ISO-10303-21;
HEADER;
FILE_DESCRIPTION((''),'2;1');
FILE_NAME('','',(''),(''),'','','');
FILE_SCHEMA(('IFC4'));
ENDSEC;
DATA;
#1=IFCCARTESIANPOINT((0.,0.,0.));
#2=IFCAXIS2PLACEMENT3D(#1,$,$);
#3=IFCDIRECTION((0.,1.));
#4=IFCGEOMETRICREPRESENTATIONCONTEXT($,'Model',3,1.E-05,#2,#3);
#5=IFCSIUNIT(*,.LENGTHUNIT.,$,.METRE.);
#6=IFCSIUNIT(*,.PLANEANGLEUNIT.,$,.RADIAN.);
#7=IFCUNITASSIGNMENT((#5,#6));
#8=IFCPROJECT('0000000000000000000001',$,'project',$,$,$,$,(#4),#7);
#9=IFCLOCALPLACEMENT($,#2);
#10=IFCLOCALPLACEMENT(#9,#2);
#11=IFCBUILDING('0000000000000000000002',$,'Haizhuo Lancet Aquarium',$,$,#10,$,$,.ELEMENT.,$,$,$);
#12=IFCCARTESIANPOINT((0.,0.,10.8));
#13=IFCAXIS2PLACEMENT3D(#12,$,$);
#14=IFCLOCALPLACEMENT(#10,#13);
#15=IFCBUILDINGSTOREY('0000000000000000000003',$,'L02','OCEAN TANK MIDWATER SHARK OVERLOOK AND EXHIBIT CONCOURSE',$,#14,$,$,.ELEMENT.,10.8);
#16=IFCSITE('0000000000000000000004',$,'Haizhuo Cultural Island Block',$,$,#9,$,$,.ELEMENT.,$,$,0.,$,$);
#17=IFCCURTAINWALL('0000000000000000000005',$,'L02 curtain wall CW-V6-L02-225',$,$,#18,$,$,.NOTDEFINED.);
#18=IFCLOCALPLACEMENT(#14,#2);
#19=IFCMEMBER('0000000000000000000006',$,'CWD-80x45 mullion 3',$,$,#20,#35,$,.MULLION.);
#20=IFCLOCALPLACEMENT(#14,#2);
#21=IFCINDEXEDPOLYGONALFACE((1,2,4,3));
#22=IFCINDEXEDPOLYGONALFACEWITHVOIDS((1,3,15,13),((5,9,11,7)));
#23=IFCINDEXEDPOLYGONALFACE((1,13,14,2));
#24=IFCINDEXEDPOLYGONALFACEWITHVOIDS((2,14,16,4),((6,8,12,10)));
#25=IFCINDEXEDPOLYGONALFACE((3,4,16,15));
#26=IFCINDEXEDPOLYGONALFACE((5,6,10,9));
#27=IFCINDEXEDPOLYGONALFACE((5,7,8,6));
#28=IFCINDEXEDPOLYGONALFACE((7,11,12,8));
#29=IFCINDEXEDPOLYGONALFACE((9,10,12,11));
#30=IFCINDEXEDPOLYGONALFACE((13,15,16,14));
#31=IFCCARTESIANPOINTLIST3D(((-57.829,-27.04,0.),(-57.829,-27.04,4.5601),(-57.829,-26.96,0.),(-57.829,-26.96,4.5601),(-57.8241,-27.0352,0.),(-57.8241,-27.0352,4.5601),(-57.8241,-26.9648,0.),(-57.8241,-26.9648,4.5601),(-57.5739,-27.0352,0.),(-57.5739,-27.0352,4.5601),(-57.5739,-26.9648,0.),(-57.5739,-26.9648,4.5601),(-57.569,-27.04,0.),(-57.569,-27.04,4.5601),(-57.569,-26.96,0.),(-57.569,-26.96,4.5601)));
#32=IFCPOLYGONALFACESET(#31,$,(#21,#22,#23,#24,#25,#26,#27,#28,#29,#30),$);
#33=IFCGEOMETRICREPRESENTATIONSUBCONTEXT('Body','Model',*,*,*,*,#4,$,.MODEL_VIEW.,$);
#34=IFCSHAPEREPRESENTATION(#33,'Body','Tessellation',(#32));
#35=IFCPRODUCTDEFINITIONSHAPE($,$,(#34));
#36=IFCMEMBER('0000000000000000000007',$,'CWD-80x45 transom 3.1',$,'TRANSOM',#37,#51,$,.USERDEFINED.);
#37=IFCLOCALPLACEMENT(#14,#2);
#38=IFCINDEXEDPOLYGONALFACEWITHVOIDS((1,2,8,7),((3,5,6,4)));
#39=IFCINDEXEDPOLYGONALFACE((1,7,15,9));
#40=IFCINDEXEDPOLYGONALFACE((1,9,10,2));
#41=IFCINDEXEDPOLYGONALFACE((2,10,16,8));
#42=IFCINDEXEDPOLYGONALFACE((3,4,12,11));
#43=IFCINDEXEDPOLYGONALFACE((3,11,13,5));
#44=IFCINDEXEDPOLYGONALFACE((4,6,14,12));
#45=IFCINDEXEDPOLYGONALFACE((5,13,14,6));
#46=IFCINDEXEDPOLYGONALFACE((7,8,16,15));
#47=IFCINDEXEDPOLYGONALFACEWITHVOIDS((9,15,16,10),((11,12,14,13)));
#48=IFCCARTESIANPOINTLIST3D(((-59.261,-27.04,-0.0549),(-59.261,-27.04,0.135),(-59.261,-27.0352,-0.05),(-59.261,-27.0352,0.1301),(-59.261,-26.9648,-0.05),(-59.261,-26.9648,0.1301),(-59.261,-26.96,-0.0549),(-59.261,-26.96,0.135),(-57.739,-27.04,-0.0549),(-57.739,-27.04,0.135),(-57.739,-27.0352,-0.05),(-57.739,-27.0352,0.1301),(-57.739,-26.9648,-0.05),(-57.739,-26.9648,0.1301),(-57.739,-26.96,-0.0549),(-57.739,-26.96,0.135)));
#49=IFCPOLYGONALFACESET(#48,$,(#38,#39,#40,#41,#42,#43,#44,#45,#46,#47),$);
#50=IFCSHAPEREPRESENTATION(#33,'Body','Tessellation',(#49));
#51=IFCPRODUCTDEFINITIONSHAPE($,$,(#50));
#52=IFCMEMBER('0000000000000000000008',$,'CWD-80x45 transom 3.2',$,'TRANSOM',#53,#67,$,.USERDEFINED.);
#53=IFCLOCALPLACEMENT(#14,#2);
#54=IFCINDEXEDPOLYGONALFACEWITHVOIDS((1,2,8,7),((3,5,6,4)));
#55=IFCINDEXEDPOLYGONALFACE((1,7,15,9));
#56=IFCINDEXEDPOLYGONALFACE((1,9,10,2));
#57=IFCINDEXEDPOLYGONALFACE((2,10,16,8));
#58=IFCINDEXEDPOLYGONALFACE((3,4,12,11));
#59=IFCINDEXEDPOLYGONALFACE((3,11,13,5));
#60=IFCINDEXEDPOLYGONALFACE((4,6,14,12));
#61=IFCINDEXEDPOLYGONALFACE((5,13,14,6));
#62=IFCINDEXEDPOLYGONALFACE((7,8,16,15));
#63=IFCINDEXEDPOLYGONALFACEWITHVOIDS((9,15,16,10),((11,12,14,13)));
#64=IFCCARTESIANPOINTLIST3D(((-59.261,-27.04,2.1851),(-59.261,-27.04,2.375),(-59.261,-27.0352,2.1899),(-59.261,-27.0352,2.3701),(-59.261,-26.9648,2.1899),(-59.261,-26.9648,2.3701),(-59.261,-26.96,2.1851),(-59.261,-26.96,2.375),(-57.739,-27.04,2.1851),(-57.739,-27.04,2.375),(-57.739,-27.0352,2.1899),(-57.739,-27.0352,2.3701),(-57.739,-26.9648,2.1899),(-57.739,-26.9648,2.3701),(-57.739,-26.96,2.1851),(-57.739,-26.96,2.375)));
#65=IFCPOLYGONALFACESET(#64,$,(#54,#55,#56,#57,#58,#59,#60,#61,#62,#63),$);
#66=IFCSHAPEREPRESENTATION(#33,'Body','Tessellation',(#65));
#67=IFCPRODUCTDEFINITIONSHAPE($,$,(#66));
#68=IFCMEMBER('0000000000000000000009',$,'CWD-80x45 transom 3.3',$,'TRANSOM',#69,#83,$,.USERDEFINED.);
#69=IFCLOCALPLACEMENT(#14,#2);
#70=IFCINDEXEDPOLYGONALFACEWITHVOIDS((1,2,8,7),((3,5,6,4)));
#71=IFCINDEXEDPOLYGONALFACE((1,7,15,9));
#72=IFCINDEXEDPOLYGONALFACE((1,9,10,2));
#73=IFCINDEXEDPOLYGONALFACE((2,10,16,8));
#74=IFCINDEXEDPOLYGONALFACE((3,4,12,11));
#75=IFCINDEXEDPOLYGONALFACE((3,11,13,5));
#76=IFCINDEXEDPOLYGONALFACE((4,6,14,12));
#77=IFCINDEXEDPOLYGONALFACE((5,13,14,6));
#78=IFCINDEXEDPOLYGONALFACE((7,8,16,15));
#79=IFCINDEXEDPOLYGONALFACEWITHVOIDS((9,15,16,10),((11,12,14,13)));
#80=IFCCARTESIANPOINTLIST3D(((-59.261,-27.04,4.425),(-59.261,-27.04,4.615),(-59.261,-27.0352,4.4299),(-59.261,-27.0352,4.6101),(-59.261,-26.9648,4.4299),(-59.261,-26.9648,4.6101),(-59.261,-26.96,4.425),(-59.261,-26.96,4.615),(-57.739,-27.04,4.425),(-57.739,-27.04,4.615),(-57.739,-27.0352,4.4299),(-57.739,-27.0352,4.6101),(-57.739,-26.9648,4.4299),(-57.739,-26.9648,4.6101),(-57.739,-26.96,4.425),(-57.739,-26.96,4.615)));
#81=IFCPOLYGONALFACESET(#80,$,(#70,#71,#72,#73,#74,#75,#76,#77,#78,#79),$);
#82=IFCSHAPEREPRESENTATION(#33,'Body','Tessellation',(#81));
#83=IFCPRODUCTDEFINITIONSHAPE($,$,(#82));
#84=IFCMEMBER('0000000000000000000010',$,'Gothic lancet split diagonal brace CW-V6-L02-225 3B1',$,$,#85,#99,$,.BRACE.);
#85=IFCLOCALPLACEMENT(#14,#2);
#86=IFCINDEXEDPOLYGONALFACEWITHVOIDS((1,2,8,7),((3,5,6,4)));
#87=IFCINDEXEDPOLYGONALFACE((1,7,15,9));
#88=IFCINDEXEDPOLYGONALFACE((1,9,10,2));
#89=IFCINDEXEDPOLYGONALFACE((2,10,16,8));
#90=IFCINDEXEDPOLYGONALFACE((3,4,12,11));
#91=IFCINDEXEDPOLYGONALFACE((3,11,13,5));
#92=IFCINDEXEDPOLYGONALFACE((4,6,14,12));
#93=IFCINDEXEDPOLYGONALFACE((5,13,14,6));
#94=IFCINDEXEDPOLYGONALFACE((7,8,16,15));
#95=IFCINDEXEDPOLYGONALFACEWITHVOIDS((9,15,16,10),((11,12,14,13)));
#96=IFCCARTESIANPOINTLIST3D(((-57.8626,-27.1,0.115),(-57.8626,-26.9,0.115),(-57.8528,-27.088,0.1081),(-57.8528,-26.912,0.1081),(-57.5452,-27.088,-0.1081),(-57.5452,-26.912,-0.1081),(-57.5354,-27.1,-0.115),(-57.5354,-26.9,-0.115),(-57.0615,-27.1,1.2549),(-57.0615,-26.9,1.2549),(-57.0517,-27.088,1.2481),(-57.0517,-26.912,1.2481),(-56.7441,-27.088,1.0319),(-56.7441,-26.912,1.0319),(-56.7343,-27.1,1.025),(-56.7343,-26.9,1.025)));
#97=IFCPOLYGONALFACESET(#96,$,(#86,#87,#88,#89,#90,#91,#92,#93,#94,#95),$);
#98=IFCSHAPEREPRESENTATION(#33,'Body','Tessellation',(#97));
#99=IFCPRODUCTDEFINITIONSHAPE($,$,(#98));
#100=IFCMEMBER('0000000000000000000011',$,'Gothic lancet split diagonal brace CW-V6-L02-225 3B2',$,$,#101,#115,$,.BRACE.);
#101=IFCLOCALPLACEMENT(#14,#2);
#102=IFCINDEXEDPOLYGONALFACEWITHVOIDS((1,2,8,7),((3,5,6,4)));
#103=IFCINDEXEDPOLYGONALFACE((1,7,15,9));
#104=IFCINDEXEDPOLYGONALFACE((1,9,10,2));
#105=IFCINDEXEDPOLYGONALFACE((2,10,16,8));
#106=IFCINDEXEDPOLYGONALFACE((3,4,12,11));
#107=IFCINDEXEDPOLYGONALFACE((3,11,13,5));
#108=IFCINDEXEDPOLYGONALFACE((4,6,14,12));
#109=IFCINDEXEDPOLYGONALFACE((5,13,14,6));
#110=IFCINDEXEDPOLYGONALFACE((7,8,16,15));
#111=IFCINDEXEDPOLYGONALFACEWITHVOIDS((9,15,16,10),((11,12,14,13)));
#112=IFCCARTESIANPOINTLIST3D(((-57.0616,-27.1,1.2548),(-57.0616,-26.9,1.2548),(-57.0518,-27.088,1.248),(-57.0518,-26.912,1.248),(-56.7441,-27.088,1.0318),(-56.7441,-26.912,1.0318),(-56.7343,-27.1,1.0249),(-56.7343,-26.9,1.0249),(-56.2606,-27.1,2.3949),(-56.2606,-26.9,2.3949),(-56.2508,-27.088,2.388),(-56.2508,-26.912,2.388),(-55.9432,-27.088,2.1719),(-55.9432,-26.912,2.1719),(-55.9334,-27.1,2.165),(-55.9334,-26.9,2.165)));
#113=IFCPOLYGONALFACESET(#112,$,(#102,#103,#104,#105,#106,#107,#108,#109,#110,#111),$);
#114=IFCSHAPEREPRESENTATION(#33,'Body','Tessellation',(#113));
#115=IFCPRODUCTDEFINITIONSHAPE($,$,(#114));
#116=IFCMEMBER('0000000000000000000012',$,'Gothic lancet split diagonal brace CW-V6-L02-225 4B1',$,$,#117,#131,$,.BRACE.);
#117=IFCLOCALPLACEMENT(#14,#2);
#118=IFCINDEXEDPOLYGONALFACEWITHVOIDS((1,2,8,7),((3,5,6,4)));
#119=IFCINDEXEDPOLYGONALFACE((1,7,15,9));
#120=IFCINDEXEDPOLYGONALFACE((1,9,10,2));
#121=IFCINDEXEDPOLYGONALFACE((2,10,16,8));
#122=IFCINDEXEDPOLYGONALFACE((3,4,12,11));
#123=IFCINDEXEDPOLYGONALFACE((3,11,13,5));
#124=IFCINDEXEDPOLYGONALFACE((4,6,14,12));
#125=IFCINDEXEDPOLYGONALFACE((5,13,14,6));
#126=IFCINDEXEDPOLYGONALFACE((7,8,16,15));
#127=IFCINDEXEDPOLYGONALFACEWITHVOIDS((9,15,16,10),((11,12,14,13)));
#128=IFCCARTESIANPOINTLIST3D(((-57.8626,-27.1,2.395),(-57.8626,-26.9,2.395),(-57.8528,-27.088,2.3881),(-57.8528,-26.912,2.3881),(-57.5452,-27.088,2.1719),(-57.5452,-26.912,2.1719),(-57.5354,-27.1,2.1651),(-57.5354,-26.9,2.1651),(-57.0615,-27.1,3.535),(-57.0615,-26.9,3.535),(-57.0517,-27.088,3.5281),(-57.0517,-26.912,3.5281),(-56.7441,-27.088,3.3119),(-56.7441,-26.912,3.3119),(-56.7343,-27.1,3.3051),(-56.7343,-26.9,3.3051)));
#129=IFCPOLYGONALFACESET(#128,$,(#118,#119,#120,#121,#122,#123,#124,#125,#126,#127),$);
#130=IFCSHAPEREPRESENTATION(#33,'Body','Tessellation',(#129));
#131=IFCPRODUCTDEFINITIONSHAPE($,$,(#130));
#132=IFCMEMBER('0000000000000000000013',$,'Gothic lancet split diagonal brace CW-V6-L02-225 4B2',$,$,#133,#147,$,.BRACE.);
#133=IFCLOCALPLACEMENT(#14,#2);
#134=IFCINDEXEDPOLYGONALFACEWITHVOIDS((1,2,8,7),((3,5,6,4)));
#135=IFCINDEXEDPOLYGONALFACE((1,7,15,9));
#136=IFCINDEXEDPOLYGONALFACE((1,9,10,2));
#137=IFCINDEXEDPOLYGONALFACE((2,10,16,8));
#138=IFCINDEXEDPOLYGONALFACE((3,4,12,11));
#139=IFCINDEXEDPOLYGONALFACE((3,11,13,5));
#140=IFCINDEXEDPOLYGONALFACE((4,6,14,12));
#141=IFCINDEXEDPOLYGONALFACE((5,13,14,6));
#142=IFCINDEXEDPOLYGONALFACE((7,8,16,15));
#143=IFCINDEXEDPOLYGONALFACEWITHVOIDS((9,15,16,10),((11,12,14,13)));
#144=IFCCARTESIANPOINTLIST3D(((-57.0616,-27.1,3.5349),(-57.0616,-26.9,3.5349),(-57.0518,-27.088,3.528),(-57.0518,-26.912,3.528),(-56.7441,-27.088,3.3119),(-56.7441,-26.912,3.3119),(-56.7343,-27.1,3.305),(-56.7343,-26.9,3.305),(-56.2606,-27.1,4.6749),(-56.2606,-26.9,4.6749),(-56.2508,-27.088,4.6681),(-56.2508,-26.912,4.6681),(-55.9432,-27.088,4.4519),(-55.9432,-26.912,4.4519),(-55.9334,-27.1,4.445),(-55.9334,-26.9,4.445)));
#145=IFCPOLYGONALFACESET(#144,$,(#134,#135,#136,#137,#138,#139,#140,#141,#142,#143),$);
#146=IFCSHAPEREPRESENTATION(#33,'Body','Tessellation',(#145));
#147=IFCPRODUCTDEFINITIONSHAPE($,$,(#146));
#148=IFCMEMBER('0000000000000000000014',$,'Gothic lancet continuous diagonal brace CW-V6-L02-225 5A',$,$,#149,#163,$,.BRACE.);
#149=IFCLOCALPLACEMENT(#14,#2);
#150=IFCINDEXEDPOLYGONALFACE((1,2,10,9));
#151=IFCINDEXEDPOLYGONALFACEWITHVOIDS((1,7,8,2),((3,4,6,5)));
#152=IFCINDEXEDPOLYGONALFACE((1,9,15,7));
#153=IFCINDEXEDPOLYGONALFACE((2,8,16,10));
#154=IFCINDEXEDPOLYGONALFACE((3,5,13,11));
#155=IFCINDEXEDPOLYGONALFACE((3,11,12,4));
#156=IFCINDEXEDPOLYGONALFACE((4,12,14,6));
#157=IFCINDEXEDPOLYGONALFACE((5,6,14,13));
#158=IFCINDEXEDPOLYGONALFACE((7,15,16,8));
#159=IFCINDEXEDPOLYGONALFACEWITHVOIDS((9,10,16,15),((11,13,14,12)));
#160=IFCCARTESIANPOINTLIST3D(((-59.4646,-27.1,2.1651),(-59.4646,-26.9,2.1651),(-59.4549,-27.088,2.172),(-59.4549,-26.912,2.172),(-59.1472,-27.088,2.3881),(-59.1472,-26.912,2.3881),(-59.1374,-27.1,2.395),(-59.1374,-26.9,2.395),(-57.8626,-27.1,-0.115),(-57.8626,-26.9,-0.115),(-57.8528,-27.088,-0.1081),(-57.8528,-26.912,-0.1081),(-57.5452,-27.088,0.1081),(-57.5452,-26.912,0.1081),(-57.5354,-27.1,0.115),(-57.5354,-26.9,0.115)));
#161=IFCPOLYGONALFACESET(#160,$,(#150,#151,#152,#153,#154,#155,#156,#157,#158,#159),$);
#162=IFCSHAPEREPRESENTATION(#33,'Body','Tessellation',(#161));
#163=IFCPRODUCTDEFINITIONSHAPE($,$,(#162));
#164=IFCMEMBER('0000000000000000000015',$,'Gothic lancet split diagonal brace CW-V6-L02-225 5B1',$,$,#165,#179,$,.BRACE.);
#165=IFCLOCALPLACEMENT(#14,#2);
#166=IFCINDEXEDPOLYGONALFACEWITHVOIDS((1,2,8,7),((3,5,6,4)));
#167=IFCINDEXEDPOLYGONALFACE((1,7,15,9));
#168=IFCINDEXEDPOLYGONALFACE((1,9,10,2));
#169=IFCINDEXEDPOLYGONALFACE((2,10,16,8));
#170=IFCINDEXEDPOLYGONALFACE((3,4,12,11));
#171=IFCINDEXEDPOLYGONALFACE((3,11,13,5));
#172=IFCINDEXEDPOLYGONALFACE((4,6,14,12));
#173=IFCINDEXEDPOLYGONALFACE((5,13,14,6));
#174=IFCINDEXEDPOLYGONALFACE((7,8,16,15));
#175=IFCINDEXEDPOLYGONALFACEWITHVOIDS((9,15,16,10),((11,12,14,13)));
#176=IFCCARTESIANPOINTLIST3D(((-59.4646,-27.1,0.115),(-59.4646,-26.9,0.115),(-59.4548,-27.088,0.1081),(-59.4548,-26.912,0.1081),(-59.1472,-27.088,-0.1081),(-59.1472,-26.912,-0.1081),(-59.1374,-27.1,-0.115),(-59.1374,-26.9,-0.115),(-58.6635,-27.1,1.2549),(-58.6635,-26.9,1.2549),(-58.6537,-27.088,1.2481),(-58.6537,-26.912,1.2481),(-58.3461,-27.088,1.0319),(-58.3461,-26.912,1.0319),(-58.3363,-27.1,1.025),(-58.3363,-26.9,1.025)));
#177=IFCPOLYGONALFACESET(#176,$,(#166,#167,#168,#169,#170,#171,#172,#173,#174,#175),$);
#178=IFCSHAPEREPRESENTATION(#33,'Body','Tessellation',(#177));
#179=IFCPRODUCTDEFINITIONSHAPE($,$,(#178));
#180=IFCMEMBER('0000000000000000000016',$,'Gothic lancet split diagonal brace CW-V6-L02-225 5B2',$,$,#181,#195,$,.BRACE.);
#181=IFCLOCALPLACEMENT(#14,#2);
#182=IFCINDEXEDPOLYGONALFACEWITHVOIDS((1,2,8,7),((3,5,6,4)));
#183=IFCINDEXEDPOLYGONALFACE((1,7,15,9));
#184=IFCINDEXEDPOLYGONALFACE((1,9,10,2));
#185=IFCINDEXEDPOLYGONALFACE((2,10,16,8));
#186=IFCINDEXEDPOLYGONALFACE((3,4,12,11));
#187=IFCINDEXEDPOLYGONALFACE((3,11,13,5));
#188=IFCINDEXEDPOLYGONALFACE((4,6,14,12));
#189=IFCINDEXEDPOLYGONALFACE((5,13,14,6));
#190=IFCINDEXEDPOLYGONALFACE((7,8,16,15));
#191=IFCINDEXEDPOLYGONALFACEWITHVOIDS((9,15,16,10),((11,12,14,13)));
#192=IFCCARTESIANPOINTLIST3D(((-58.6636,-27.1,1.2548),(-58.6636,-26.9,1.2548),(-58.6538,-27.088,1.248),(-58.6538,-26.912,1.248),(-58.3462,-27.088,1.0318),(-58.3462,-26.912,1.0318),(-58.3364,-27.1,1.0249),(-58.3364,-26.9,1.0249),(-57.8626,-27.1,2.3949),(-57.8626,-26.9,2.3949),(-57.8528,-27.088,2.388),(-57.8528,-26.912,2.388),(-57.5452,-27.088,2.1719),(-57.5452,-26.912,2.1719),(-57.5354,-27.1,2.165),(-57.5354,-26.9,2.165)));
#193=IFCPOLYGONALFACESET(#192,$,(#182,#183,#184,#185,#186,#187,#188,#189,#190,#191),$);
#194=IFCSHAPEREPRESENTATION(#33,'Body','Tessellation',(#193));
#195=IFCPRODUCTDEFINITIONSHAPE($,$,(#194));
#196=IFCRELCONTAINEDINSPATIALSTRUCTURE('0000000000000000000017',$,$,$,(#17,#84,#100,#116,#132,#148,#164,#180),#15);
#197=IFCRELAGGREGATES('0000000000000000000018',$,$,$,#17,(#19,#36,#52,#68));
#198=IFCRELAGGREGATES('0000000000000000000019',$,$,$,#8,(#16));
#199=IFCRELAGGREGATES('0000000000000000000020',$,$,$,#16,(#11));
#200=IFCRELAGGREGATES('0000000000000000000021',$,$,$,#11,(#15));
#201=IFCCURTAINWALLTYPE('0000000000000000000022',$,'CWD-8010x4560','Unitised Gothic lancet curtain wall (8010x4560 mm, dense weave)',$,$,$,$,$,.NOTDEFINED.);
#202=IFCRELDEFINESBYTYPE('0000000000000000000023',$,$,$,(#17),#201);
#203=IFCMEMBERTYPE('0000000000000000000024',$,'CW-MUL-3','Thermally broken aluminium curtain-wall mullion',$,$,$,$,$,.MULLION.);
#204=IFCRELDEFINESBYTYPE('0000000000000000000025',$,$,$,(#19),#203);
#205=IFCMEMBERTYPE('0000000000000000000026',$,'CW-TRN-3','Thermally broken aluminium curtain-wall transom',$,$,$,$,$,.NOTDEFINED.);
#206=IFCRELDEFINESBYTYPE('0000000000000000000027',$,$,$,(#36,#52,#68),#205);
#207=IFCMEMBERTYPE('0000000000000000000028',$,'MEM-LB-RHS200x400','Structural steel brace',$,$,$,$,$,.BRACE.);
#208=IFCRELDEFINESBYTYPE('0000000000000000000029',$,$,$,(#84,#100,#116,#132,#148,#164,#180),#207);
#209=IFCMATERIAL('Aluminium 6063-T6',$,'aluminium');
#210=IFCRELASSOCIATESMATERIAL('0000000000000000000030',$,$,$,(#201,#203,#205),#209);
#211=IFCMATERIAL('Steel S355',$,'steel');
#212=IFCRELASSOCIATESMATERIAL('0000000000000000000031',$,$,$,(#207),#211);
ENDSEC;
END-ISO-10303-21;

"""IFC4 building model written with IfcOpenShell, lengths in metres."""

from ifc_helpers import new_model, si_unit, direction, frame, origin, origin_2d, place, context, subcontext, project, spatial, hollow_rectangle, extrude, material, material_profile, profile_set, type_object, element, aggregate, save


model = new_model("IFC4")

# Units and contexts
model_context = context("Model", 3, precision=1e-05, world=origin(), true_north=direction((0.0, 1.0)))
body_context = subcontext(model_context, "Body", "Model", "MODEL_VIEW")
ifc_project = project(units=[si_unit("LENGTHUNIT", "METRE"), si_unit("PLANEANGLEUNIT", "RADIAN")], contexts=[model_context])

# Site, building, storey
site_placement = place(None, origin())
site = spatial("IfcSite", under=ifc_project, at=site_placement, Name="Haizhuo Cultural Island Block", CompositionType="ELEMENT", RefElevation=0.0)
building_placement = place(site_placement, origin())
building = spatial("IfcBuilding", under=site, at=building_placement, Name="Haizhuo Lancet Aquarium", CompositionType="ELEMENT")
storey_placement = place(building_placement, frame((0.0, 0.0, 10.8)))
storey = spatial("IfcBuildingStorey", under=building, at=storey_placement, Name="L02", Description="OCEAN TANK MIDWATER SHARK OVERLOOK AND EXHIBIT CONCOURSE", CompositionType="ELEMENT", Elevation=10.8)

# Curtain wall, members
ifc_material_1 = material(Name="Aluminium 6063-T6", Category="aluminium")
curtain_wall_type = type_object("IfcCurtainWallType", Name="CWD-8010x4560", Description="Unitised Gothic lancet curtain wall (8010x4560 mm, dense weave)", PredefinedType="NOTDEFINED", material=ifc_material_1)
curtain_wall_placement = place(storey_placement, origin())
curtain_wall = element("IfcCurtainWall", 1, at=curtain_wall_placement, inside=storey, type_object=curtain_wall_type, Name="L02 curtain wall CW-V6-L02-225", PredefinedType="NOTDEFINED")
ifc_material_profile_1 = material_profile(ifc_material_1, hollow_rectangle(XDim=0.0801, YDim=0.26, WallThickness=0.0049, at=origin_2d()), Name="ALU-M 80x260x5")
ifc_profile_set_1 = profile_set([ifc_material_profile_1], Name="Aluminium 6063-T6")
member_type_1 = type_object("IfcMemberType", Name="CW-MUL-3", Description="Thermally broken aluminium curtain-wall mullion", PredefinedType="MULLION", material=ifc_profile_set_1)
member_1_placement = place(storey_placement, frame((-57.699, -27.0, 0.0), z_axis=(0.0, 0.0, 1.0), x_axis=(0.0, -1.0, 0.0)))
member_1 = element("IfcMember", 2, at=member_1_placement, type_object=member_type_1, Name="CWD-80x45 mullion 3", PredefinedType="MULLION", context=body_context, shape_type="SweptSolid", body=[
    extrude(hollow_rectangle(XDim=0.0801, YDim=0.26, WallThickness=0.0049, at=origin_2d()), origin(), (0.0, 0.0, 1.0), 4.5601),
])
ifc_material_profile_2 = material_profile(ifc_material_1, hollow_rectangle(XDim=0.0801, YDim=0.1899, WallThickness=0.0049, at=origin_2d()), Name="ALU-T 80x190x5")
ifc_profile_set_2 = profile_set([ifc_material_profile_2], Name="Aluminium 6063-T6")
member_type_2 = type_object("IfcMemberType", Name="CW-TRN-3", Description="Thermally broken aluminium curtain-wall transom", PredefinedType="NOTDEFINED", material=ifc_profile_set_2)
member_2_placement = place(storey_placement, frame((-57.739, -27.0, 0.04), z_axis=(-1.0, 0.0, 0.0), x_axis=(0.0, -1.0, 0.0)))
member_2 = element("IfcMember", 3, at=member_2_placement, type_object=member_type_2, Name="CWD-80x45 transom 3.1", ObjectType="TRANSOM", PredefinedType="USERDEFINED", context=body_context, shape_type="SweptSolid", body=[
    extrude(hollow_rectangle(XDim=0.0801, YDim=0.1899, WallThickness=0.0049, at=origin_2d()), origin(), (0.0, 0.0, 1.0), 1.522),
])
member_3_placement = place(storey_placement, frame((-57.739, -27.0, 2.28), z_axis=(-1.0, 0.0, 0.0), x_axis=(0.0, -1.0, 0.0)))
member_3 = element("IfcMember", 4, at=member_3_placement, type_object=member_type_2, Name="CWD-80x45 transom 3.2", ObjectType="TRANSOM", PredefinedType="USERDEFINED", context=body_context, shape_type="SweptSolid", body=[
    extrude(hollow_rectangle(XDim=0.0801, YDim=0.1899, WallThickness=0.0049, at=origin_2d()), origin(), (0.0, 0.0, 1.0), 1.522),
])
member_4_placement = place(storey_placement, frame((-57.739, -27.0, 4.52), z_axis=(-1.0, 0.0, 0.0), x_axis=(0.0, -1.0, 0.0)))
member_4 = element("IfcMember", 5, at=member_4_placement, type_object=member_type_2, Name="CWD-80x45 transom 3.3", ObjectType="TRANSOM", PredefinedType="USERDEFINED", context=body_context, shape_type="SweptSolid", body=[
    extrude(hollow_rectangle(XDim=0.0801, YDim=0.1899, WallThickness=0.0049, at=origin_2d()), origin(), (0.0, 0.0, 1.0), 1.522),
])

# Members
ifc_material_2 = material(Name="Steel S355", Category="steel")
ifc_material_profile_3 = material_profile(ifc_material_2, hollow_rectangle(XDim=0.2, YDim=0.3999, WallThickness=0.012, at=origin_2d()), Name="RHS 200x400x12")
ifc_profile_set_3 = profile_set([ifc_material_profile_3], Name="Steel S355")
member_type_3 = type_object("IfcMemberType", Name="MEM-LB-RHS200x400", Description="Structural steel brace", PredefinedType="BRACE", material=ifc_profile_set_3)
for number, where, z_axis, x_axis, name in (
    (6, (-57.699, -27.0, 0.0), (0.574955, 0.0, 0.818185), (0.0, 1.0, 0.0), "Gothic lancet split diagonal brace CW-V6-L02-225 3B1"),
    (7, (-56.8979, -27.0, 1.1399), (0.574873, 0.0, 0.818243), (0.0, 1.0, 0.0), "Gothic lancet split diagonal brace CW-V6-L02-225 3B2"),
    (8, (-57.699, -27.0, 2.28), (0.574955, 0.0, 0.818185), (0.0, 1.0, 0.0), "Gothic lancet split diagonal brace CW-V6-L02-225 4B1"),
    (9, (-56.8979, -27.0, 3.4199), (0.574873, 0.0, 0.818243), (0.0, 1.0, 0.0), "Gothic lancet split diagonal brace CW-V6-L02-225 4B2"),
):
    element("IfcMember", number, at=place(storey_placement, frame(where, z_axis=z_axis, x_axis=x_axis)), inside=storey, type_object=member_type_3, Name=name, PredefinedType="BRACE", context=body_context, shape_type="SweptSolid", body=[
        extrude(hollow_rectangle(XDim=0.2, YDim=0.3999, WallThickness=0.012, at=origin_2d()), origin(), (0.0, 0.0, 1.0), 1.3933),
    ])
member_5_placement = place(storey_placement, frame((-57.699, -27.0, 0.0), z_axis=(-0.574914, 0.0, 0.818214), x_axis=(0.0, -1.0, 0.0)))
element("IfcMember", 10, at=member_5_placement, inside=storey, type_object=member_type_3, Name="Gothic lancet continuous diagonal brace CW-V6-L02-225 5A", PredefinedType="BRACE", context=body_context, shape_type="SweptSolid", body=[
    extrude(hollow_rectangle(XDim=0.2, YDim=0.3999, WallThickness=0.012, at=origin_2d()), origin(), (0.0, 0.0, 1.0), 2.7866),
])
for number, where, z_axis, x_axis, name in (
    (11, (-59.301, -27.0, 0.0), (0.574955, 0.0, 0.818185), (0.0, 1.0, 0.0), "Gothic lancet split diagonal brace CW-V6-L02-225 5B1"),
    (12, (-58.5, -27.0, 1.1399), (0.574873, 0.0, 0.818243), (0.0, 1.0, 0.0), "Gothic lancet split diagonal brace CW-V6-L02-225 5B2"),
):
    element("IfcMember", number, at=place(storey_placement, frame(where, z_axis=z_axis, x_axis=x_axis)), inside=storey, type_object=member_type_3, Name=name, PredefinedType="BRACE", context=body_context, shape_type="SweptSolid", body=[
        extrude(hollow_rectangle(XDim=0.2, YDim=0.3999, WallThickness=0.012, at=origin_2d()), origin(), (0.0, 0.0, 1.0), 1.3933),
    ])

aggregate(curtain_wall, [member_1, member_2, member_3, member_4])

save(model, "model.ifc")
